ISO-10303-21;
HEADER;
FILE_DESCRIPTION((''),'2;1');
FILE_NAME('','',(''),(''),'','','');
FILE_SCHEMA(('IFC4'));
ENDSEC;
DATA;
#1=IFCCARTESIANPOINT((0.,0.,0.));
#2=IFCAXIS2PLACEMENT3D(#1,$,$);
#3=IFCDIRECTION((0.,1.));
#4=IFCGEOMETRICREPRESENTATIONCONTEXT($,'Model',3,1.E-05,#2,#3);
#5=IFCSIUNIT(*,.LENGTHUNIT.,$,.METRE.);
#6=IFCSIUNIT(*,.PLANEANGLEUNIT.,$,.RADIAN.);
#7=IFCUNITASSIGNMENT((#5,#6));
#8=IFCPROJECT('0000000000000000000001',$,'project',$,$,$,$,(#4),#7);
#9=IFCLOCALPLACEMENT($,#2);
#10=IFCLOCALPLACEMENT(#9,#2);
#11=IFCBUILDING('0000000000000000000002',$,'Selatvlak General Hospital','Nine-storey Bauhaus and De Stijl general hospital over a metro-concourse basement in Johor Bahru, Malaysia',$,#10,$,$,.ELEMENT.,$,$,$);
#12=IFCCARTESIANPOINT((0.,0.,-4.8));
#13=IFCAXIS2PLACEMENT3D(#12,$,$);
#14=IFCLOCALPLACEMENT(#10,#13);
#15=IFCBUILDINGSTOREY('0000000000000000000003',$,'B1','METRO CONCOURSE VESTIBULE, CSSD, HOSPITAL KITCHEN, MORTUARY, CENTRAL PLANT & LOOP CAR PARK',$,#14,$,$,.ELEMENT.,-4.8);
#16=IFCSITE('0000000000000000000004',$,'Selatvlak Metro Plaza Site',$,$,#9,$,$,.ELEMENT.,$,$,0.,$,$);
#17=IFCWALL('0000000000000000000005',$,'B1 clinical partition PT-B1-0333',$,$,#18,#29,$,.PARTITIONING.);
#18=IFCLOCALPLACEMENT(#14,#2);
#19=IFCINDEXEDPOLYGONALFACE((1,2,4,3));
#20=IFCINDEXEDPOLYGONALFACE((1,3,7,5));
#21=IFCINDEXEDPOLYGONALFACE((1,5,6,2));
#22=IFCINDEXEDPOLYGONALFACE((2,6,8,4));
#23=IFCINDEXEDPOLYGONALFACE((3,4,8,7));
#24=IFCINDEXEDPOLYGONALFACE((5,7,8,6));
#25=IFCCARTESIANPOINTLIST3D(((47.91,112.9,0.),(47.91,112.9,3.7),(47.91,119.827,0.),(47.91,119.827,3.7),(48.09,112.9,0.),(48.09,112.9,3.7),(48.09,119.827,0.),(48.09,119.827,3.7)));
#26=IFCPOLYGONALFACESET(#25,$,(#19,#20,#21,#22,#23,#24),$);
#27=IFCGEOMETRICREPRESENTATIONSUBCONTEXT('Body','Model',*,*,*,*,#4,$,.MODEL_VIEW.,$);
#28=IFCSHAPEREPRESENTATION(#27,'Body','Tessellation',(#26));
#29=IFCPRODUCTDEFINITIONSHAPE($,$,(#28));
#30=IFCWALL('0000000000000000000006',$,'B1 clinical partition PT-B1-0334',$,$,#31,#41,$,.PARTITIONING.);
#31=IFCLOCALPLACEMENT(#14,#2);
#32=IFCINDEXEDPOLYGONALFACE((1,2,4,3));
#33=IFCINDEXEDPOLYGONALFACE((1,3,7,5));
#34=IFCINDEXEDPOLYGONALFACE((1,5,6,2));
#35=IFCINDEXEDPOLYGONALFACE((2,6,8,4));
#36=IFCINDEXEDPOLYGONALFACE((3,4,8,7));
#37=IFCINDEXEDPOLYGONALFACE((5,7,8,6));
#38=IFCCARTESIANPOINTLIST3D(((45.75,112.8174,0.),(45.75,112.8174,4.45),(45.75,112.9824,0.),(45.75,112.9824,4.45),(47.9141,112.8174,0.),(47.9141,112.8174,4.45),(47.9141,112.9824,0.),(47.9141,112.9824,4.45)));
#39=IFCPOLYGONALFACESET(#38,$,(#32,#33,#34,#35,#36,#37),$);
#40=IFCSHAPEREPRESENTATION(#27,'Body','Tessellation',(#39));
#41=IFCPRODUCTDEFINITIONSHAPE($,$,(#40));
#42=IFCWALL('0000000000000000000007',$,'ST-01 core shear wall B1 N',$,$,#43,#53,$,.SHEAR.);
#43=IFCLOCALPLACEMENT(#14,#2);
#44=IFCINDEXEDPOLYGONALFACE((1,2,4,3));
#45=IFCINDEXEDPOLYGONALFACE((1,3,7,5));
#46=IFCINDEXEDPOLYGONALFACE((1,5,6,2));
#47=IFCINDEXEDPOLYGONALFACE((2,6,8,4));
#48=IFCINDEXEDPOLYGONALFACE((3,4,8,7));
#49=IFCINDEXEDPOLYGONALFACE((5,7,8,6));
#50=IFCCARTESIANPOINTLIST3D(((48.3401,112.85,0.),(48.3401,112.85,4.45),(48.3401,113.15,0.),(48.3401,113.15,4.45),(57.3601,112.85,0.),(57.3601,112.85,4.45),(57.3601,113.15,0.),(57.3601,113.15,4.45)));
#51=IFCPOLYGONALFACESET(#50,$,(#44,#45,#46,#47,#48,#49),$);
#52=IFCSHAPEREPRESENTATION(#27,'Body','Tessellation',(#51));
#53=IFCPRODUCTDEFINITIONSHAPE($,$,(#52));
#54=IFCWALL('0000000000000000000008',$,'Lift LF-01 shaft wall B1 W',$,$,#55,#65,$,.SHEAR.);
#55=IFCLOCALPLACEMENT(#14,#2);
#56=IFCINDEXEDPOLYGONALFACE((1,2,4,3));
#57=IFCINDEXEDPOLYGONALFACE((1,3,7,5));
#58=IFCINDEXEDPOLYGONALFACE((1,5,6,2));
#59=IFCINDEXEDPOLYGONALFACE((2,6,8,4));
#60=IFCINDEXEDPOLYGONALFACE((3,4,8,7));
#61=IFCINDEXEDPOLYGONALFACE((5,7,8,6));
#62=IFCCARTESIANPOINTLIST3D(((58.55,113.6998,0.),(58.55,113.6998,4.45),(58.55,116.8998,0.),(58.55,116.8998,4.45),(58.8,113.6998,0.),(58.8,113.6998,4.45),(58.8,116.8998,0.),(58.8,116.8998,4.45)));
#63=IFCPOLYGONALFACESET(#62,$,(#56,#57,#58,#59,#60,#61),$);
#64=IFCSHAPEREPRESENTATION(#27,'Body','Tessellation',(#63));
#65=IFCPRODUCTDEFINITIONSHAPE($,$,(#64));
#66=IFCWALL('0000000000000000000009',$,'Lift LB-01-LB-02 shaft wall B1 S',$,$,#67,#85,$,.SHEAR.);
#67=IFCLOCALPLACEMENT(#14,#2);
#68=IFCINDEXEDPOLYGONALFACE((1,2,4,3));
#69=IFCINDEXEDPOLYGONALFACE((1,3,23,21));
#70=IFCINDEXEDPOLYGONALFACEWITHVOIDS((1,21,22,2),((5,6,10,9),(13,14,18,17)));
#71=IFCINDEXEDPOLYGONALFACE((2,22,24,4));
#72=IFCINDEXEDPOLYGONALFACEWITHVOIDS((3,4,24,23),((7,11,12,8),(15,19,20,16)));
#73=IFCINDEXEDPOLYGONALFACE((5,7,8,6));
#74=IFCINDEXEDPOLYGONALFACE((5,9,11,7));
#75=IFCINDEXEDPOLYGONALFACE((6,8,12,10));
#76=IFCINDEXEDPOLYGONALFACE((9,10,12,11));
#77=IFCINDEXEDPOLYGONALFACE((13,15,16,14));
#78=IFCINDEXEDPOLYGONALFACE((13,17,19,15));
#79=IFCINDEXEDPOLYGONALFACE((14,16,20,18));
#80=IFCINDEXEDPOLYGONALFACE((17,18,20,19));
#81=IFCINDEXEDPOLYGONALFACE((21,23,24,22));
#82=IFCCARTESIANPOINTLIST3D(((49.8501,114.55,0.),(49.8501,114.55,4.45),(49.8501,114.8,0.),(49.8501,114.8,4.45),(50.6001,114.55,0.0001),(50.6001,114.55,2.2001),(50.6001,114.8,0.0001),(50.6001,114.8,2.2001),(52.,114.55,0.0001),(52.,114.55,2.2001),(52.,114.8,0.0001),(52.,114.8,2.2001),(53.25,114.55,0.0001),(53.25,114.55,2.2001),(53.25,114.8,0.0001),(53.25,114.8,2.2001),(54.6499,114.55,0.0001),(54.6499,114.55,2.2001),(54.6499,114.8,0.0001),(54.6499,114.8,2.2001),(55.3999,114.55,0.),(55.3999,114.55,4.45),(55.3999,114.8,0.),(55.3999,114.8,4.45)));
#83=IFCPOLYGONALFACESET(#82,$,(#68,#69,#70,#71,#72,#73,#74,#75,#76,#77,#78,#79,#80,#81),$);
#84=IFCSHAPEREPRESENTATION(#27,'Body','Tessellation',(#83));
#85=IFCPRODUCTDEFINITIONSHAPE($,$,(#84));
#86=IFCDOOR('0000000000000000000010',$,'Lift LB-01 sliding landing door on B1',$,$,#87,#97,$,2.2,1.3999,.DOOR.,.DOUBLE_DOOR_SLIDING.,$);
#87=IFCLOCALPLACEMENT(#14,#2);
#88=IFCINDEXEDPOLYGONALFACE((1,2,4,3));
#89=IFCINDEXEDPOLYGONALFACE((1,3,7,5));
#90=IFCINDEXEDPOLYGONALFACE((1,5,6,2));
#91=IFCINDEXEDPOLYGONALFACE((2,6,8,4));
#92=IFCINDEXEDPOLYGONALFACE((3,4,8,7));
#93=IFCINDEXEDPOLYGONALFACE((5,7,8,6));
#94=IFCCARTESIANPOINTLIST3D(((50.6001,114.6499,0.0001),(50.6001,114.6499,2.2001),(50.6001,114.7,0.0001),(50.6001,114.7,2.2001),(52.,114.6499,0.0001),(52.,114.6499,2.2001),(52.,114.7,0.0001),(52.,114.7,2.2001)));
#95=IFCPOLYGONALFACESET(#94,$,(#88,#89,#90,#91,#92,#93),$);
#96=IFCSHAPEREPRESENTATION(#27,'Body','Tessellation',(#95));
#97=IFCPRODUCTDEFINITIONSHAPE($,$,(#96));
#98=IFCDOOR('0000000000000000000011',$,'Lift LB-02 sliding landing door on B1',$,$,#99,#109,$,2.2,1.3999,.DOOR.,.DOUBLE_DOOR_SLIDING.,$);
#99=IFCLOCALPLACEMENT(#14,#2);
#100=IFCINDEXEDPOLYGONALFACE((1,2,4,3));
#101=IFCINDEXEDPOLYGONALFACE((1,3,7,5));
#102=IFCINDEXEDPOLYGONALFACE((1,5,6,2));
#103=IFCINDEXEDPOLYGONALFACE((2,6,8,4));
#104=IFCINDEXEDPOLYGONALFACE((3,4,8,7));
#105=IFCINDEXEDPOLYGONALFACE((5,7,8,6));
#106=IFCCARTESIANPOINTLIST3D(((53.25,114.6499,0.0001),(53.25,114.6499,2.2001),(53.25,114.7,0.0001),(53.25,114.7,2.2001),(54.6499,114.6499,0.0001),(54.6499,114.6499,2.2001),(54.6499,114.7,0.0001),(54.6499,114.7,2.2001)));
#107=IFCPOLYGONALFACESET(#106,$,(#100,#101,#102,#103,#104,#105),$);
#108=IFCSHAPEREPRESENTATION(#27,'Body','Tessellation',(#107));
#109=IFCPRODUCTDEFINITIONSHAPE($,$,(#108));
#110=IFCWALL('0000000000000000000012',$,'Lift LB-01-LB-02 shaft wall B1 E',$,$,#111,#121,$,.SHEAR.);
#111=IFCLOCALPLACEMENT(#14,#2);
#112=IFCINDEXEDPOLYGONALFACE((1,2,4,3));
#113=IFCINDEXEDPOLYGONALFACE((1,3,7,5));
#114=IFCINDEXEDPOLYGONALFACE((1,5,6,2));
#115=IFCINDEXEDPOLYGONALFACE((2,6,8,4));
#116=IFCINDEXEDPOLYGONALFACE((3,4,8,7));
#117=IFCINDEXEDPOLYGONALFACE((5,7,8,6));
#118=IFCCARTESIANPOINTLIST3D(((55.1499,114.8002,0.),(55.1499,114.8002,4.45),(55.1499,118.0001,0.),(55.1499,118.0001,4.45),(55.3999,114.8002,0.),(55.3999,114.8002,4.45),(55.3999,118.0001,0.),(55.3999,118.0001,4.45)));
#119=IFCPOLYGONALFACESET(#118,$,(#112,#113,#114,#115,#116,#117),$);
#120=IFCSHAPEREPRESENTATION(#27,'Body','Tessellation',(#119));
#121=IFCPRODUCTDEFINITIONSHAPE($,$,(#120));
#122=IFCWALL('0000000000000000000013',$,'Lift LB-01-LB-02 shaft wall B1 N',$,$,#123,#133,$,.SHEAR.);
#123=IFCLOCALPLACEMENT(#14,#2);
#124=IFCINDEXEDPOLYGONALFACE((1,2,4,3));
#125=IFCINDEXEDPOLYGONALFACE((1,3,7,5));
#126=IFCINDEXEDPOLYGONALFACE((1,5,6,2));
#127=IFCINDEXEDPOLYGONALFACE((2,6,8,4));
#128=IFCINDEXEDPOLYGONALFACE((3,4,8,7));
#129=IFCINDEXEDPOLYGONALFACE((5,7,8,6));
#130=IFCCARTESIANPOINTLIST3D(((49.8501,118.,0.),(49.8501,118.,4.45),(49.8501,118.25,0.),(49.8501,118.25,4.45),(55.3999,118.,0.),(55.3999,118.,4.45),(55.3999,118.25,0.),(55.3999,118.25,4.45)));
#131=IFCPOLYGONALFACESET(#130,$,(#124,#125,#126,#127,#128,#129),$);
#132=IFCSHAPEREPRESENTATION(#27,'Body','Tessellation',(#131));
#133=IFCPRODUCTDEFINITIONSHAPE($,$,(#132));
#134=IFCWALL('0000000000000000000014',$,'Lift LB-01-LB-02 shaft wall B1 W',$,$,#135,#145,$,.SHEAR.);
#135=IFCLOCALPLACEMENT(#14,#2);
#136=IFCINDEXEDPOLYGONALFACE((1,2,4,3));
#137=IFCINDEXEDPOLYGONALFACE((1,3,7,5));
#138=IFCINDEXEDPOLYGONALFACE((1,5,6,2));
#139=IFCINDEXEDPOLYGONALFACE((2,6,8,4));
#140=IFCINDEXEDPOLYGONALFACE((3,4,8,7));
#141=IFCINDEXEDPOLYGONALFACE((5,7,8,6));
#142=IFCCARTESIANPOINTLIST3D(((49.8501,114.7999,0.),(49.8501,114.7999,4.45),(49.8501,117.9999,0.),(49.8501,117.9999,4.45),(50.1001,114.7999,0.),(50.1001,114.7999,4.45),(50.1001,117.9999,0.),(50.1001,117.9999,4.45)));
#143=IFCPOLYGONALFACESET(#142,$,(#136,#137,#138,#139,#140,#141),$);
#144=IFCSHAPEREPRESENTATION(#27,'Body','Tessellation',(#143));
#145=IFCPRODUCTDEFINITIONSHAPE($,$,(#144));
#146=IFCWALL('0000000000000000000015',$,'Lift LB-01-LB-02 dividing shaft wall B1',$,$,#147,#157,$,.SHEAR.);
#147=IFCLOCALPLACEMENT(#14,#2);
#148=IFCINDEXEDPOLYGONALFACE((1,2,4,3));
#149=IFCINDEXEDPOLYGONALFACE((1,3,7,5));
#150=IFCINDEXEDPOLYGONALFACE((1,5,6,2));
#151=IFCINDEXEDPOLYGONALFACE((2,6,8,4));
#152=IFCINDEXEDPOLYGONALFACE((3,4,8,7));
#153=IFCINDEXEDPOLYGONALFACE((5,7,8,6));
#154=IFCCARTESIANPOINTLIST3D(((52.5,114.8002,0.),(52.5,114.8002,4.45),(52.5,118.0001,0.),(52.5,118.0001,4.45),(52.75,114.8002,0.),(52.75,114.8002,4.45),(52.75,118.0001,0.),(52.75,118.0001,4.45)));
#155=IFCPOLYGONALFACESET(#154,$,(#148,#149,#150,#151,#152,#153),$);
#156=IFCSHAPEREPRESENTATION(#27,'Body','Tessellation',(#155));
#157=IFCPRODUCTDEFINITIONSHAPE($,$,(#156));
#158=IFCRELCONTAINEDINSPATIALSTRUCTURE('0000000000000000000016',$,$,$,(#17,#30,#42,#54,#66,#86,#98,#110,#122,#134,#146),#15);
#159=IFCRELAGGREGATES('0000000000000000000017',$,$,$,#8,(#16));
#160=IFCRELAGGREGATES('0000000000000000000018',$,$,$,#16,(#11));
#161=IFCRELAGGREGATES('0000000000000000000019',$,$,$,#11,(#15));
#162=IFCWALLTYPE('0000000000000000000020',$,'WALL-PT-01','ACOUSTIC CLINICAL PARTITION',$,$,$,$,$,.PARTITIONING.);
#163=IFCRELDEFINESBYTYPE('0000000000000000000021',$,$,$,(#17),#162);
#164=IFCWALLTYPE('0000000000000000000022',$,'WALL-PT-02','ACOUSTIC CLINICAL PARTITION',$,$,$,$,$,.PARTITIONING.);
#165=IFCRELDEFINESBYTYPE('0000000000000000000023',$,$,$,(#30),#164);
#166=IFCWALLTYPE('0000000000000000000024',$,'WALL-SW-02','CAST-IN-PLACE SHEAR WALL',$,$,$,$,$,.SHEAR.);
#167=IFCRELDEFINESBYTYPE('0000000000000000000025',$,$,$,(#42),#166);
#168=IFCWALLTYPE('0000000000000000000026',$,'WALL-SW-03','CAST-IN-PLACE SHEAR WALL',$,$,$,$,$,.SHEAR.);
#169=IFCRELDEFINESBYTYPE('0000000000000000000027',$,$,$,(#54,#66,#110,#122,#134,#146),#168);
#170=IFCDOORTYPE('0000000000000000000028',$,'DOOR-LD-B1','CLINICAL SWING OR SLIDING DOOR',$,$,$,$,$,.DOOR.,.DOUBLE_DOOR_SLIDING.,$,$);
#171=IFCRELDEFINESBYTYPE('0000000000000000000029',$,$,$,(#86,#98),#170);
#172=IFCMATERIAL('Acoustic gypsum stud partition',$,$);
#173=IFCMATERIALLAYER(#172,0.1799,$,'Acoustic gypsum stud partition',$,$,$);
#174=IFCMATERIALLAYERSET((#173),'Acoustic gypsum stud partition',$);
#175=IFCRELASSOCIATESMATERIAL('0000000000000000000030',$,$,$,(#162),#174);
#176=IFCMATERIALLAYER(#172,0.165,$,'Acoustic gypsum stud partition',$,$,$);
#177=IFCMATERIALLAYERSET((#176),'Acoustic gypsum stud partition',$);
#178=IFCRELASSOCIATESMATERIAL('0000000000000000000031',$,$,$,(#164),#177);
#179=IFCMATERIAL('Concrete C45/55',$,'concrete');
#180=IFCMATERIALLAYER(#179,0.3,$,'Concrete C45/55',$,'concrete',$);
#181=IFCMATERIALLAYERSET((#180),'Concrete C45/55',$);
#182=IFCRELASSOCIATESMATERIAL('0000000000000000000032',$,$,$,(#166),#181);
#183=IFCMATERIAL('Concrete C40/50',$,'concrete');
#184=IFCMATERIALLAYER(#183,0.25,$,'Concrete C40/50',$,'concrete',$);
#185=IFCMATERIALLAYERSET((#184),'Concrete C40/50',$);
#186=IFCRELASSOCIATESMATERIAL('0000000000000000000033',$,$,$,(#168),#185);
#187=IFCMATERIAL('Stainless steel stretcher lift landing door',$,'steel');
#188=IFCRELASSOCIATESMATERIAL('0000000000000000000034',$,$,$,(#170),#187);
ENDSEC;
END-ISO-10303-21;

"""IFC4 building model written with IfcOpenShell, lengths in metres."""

from ifc_helpers import new_model, si_unit, direction, frame, frame_2d, origin, place, context, subcontext, project, spatial, rectangle, extrude, material, layer, layer_set, type_object, element, fill, save


model = new_model("IFC4")

# Units and contexts
model_context = context("Model", 3, precision=1e-05, world=origin(), true_north=direction((0.0, 1.0)))
body_context = subcontext(model_context, "Body", "Model", "MODEL_VIEW")
ifc_project = project(units=[si_unit("LENGTHUNIT", "METRE"), si_unit("PLANEANGLEUNIT", "RADIAN")], contexts=[model_context])

# Site, building, storey
site_placement = place(None, origin())
site = spatial("IfcSite", under=ifc_project, at=site_placement, Name="Selatvlak Metro Plaza Site", CompositionType="ELEMENT", RefElevation=0.0)
building_placement = place(site_placement, origin())
building = spatial("IfcBuilding", under=site, at=building_placement, Name="Selatvlak General Hospital", Description="Nine-storey Bauhaus and De Stijl general hospital over a metro-concourse basement in Johor Bahru, Malaysia", CompositionType="ELEMENT")
storey_placement = place(building_placement, frame((0.0, 0.0, -4.8)))
storey = spatial("IfcBuildingStorey", under=building, at=storey_placement, Name="B1", Description="METRO CONCOURSE VESTIBULE, CSSD, HOSPITAL KITCHEN, MORTUARY, CENTRAL PLANT & LOOP CAR PARK", CompositionType="ELEMENT", Elevation=-4.8)

# Shared definitions
ifc_material_1 = material(Name="Concrete C40/50", Category="concrete")

# Walls
ifc_material_2 = material(Name="Concrete C45/55", Category="concrete")
ifc_material_3 = material(Name="Acoustic gypsum stud partition")
ifc_layer_1 = layer(ifc_material_3, 0.1799, Name="Acoustic gypsum stud partition")
ifc_layer_set_1 = layer_set([ifc_layer_1], Name="Acoustic gypsum stud partition")
wall_type_1 = type_object("IfcWallType", Name="WALL-PT-01", Description="ACOUSTIC CLINICAL PARTITION", PredefinedType="PARTITIONING", material=ifc_layer_set_1)
wall_1_placement = place(storey_placement, frame((48.0, 119.8269, 0.0), z_axis=(0.0, 0.0, 1.0), x_axis=(0.0, -1.0, 0.0)))
element("IfcWall", 1, at=wall_1_placement, inside=storey, type_object=wall_type_1, Name="B1 clinical partition PT-B1-0333", PredefinedType="PARTITIONING", context=body_context, shape_type="SweptSolid", body=[
    extrude(rectangle(XDim=6.927, YDim=0.1799, at=frame_2d((3.4634, 0.0))), origin(), (0.0, 0.0, 1.0), 3.7),
])
ifc_layer_2 = layer(ifc_material_3, 0.165, Name="Acoustic gypsum stud partition")
ifc_layer_set_2 = layer_set([ifc_layer_2], Name="Acoustic gypsum stud partition")
wall_type_2 = type_object("IfcWallType", Name="WALL-PT-02", Description="ACOUSTIC CLINICAL PARTITION", PredefinedType="PARTITIONING", material=ifc_layer_set_2)
wall_2_placement = place(storey_placement, frame((47.9141, 112.8999, 0.0), z_axis=(0.0, 0.0, 1.0), x_axis=(-1.0, 0.0, 0.0)))
element("IfcWall", 2, at=wall_2_placement, inside=storey, type_object=wall_type_2, Name="B1 clinical partition PT-B1-0334", PredefinedType="PARTITIONING", context=body_context, shape_type="SweptSolid", body=[
    extrude(rectangle(XDim=2.1641, YDim=0.165, at=frame_2d((1.082, 0.0))), origin(), (0.0, 0.0, 1.0), 4.45),
])
ifc_layer_3 = layer(ifc_material_2, 0.3, Name="Concrete C45/55", Category="concrete")
ifc_layer_set_3 = layer_set([ifc_layer_3], Name="Concrete C45/55")
wall_type_3 = type_object("IfcWallType", Name="WALL-SW-02", Description="CAST-IN-PLACE SHEAR WALL", PredefinedType="SHEAR", material=ifc_layer_set_3)
wall_3_placement = place(storey_placement, frame((57.3601, 113.0, 0.0), z_axis=(0.0, 0.0, 1.0), x_axis=(-1.0, 0.0, 0.0)))
element("IfcWall", 3, at=wall_3_placement, inside=storey, type_object=wall_type_3, Name="ST-01 core shear wall B1 N", PredefinedType="SHEAR", context=body_context, shape_type="SweptSolid", body=[
    extrude(rectangle(XDim=9.02, YDim=0.3, at=frame_2d((4.51, 0.0))), origin(), (0.0, 0.0, 1.0), 4.45),
])

# Shared definitions
ifc_layer_4 = layer(ifc_material_1, 0.25, Name="Concrete C40/50", Category="concrete")
ifc_layer_set_4 = layer_set([ifc_layer_4], Name="Concrete C40/50")
wall_type_4 = type_object("IfcWallType", Name="WALL-SW-03", Description="CAST-IN-PLACE SHEAR WALL", PredefinedType="SHEAR", material=ifc_layer_set_4)

# Wall
wall_4_placement = place(storey_placement, frame((58.675, 116.8999, 0.0), z_axis=(0.0, 0.0, 1.0), x_axis=(0.0, -1.0, 0.0)))
element("IfcWall", 4, at=wall_4_placement, inside=storey, type_object=wall_type_4, Name="Lift LF-01 shaft wall B1 W", PredefinedType="SHEAR", context=body_context, shape_type="SweptSolid", body=[
    extrude(rectangle(XDim=3.2, YDim=0.25, at=frame_2d((1.6001, 0.0))), origin(), (0.0, 0.0, 1.0), 4.45),
])

# Wall, openings, doors
wall_5_placement = place(storey_placement, frame((49.8501, 114.675, 0.0), z_axis=(0.0, 0.0, 1.0), x_axis=(1.0, 0.0, 0.0)))
wall_5 = element("IfcWall", 5, at=wall_5_placement, inside=storey, type_object=wall_type_4, Name="Lift LB-01-LB-02 shaft wall B1 S", PredefinedType="SHEAR", context=body_context, shape_type="SweptSolid", body=[
    extrude(rectangle(XDim=5.5498, YDim=0.25, at=frame_2d((2.7749, 0.0))), origin(), (0.0, 0.0, 1.0), 4.45),
])
opening_1_placement = place(wall_5_placement, frame((0.75, 0.0, 0.0)))
opening_1 = element("IfcOpeningElement", 6, at=opening_1_placement, cuts=wall_5, PredefinedType="OPENING", context=body_context, shape_type="SweptSolid", body=[
    extrude(rectangle(XDim=1.3999, YDim=2.2, at=frame_2d((0.7, 1.1001))), frame((0.0, 0.135, 0.0), z_axis=(0.0, -1.0, 0.0), x_axis=(1.0, 0.0, 0.0)), (0.0, 0.0, 1.0), 0.27),
])
opening_2_placement = place(wall_5_placement, frame((3.3999, 0.0, 0.0)))
opening_2 = element("IfcOpeningElement", 7, at=opening_2_placement, cuts=wall_5, PredefinedType="OPENING", context=body_context, shape_type="SweptSolid", body=[
    extrude(rectangle(XDim=1.3999, YDim=2.2, at=frame_2d((0.7, 1.1001))), frame((0.0, 0.135, 0.0), z_axis=(0.0, -1.0, 0.0), x_axis=(1.0, 0.0, 0.0)), (0.0, 0.0, 1.0), 0.27),
])
ifc_material_4 = material(Name="Stainless steel stretcher lift landing door", Category="steel")
door_type_1 = type_object("IfcDoorType", Name="DOOR-LD-B1", Description="CLINICAL SWING OR SLIDING DOOR", OperationType="DOUBLE_DOOR_SLIDING", PredefinedType="DOOR", material=ifc_material_4)
door_1_placement = place(opening_1_placement, origin())
door_1 = element("IfcDoor", 8, at=door_1_placement, inside=storey, type_object=door_type_1, Name="Lift LB-01 sliding landing door on B1", OperationType="DOUBLE_DOOR_SLIDING", OverallHeight=2.2, OverallWidth=1.3999, PredefinedType="DOOR", context=body_context, shape_type="SweptSolid", body=[
    extrude(rectangle(XDim=1.3999, YDim=2.2, at=frame_2d((0.7, 1.1001))), frame((0.0, 0.0249, 0.0), z_axis=(0.0, -1.0, 0.0), x_axis=(1.0, 0.0, 0.0)), (0.0, 0.0, 1.0), 0.05),
])
fill(opening_1, door_1)
door_2_placement = place(opening_2_placement, origin())
door_2 = element("IfcDoor", 9, at=door_2_placement, inside=storey, type_object=door_type_1, Name="Lift LB-02 sliding landing door on B1", OperationType="DOUBLE_DOOR_SLIDING", OverallHeight=2.2, OverallWidth=1.3999, PredefinedType="DOOR", context=body_context, shape_type="SweptSolid", body=[
    extrude(rectangle(XDim=1.3999, YDim=2.2, at=frame_2d((0.7, 1.1001))), frame((0.0, 0.0249, 0.0), z_axis=(0.0, -1.0, 0.0), x_axis=(1.0, 0.0, 0.0)), (0.0, 0.0, 1.0), 0.05),
])
fill(opening_2, door_2)

# Walls
wall_6_placement = place(storey_placement, frame((55.2749, 114.8, 0.0), z_axis=(0.0, 0.0, 1.0), x_axis=(0.0, 1.0, 0.0)))
element("IfcWall", 10, at=wall_6_placement, inside=storey, type_object=wall_type_4, Name="Lift LB-01-LB-02 shaft wall B1 E", PredefinedType="SHEAR", context=body_context, shape_type="SweptSolid", body=[
    extrude(rectangle(XDim=3.2, YDim=0.25, at=frame_2d((1.6001, 0.0))), origin(), (0.0, 0.0, 1.0), 4.45),
])
wall_7_placement = place(storey_placement, frame((55.3999, 118.125, 0.0), z_axis=(0.0, 0.0, 1.0), x_axis=(-1.0, 0.0, 0.0)))
element("IfcWall", 11, at=wall_7_placement, inside=storey, type_object=wall_type_4, Name="Lift LB-01-LB-02 shaft wall B1 N", PredefinedType="SHEAR", context=body_context, shape_type="SweptSolid", body=[
    extrude(rectangle(XDim=5.5498, YDim=0.25, at=frame_2d((2.7749, 0.0))), origin(), (0.0, 0.0, 1.0), 4.45),
])
for number, where, z_axis, x_axis, name in (
    (12, (49.9751, 118.0, 0.0), (0.0, 0.0, 1.0), (0.0, -1.0, 0.0), "Lift LB-01-LB-02 shaft wall B1 W"),
    (13, (52.625, 114.8, 0.0), (0.0, 0.0, 1.0), (0.0, 1.0, 0.0), "Lift LB-01-LB-02 dividing shaft wall B1"),
):
    element("IfcWall", number, at=place(storey_placement, frame(where, z_axis=z_axis, x_axis=x_axis)), inside=storey, type_object=wall_type_4, Name=name, PredefinedType="SHEAR", context=body_context, shape_type="SweptSolid", body=[
        extrude(rectangle(XDim=3.2, YDim=0.25, at=frame_2d((1.6001, 0.0))), origin(), (0.0, 0.0, 1.0), 4.45),
    ])

save(model, "model.ifc")
